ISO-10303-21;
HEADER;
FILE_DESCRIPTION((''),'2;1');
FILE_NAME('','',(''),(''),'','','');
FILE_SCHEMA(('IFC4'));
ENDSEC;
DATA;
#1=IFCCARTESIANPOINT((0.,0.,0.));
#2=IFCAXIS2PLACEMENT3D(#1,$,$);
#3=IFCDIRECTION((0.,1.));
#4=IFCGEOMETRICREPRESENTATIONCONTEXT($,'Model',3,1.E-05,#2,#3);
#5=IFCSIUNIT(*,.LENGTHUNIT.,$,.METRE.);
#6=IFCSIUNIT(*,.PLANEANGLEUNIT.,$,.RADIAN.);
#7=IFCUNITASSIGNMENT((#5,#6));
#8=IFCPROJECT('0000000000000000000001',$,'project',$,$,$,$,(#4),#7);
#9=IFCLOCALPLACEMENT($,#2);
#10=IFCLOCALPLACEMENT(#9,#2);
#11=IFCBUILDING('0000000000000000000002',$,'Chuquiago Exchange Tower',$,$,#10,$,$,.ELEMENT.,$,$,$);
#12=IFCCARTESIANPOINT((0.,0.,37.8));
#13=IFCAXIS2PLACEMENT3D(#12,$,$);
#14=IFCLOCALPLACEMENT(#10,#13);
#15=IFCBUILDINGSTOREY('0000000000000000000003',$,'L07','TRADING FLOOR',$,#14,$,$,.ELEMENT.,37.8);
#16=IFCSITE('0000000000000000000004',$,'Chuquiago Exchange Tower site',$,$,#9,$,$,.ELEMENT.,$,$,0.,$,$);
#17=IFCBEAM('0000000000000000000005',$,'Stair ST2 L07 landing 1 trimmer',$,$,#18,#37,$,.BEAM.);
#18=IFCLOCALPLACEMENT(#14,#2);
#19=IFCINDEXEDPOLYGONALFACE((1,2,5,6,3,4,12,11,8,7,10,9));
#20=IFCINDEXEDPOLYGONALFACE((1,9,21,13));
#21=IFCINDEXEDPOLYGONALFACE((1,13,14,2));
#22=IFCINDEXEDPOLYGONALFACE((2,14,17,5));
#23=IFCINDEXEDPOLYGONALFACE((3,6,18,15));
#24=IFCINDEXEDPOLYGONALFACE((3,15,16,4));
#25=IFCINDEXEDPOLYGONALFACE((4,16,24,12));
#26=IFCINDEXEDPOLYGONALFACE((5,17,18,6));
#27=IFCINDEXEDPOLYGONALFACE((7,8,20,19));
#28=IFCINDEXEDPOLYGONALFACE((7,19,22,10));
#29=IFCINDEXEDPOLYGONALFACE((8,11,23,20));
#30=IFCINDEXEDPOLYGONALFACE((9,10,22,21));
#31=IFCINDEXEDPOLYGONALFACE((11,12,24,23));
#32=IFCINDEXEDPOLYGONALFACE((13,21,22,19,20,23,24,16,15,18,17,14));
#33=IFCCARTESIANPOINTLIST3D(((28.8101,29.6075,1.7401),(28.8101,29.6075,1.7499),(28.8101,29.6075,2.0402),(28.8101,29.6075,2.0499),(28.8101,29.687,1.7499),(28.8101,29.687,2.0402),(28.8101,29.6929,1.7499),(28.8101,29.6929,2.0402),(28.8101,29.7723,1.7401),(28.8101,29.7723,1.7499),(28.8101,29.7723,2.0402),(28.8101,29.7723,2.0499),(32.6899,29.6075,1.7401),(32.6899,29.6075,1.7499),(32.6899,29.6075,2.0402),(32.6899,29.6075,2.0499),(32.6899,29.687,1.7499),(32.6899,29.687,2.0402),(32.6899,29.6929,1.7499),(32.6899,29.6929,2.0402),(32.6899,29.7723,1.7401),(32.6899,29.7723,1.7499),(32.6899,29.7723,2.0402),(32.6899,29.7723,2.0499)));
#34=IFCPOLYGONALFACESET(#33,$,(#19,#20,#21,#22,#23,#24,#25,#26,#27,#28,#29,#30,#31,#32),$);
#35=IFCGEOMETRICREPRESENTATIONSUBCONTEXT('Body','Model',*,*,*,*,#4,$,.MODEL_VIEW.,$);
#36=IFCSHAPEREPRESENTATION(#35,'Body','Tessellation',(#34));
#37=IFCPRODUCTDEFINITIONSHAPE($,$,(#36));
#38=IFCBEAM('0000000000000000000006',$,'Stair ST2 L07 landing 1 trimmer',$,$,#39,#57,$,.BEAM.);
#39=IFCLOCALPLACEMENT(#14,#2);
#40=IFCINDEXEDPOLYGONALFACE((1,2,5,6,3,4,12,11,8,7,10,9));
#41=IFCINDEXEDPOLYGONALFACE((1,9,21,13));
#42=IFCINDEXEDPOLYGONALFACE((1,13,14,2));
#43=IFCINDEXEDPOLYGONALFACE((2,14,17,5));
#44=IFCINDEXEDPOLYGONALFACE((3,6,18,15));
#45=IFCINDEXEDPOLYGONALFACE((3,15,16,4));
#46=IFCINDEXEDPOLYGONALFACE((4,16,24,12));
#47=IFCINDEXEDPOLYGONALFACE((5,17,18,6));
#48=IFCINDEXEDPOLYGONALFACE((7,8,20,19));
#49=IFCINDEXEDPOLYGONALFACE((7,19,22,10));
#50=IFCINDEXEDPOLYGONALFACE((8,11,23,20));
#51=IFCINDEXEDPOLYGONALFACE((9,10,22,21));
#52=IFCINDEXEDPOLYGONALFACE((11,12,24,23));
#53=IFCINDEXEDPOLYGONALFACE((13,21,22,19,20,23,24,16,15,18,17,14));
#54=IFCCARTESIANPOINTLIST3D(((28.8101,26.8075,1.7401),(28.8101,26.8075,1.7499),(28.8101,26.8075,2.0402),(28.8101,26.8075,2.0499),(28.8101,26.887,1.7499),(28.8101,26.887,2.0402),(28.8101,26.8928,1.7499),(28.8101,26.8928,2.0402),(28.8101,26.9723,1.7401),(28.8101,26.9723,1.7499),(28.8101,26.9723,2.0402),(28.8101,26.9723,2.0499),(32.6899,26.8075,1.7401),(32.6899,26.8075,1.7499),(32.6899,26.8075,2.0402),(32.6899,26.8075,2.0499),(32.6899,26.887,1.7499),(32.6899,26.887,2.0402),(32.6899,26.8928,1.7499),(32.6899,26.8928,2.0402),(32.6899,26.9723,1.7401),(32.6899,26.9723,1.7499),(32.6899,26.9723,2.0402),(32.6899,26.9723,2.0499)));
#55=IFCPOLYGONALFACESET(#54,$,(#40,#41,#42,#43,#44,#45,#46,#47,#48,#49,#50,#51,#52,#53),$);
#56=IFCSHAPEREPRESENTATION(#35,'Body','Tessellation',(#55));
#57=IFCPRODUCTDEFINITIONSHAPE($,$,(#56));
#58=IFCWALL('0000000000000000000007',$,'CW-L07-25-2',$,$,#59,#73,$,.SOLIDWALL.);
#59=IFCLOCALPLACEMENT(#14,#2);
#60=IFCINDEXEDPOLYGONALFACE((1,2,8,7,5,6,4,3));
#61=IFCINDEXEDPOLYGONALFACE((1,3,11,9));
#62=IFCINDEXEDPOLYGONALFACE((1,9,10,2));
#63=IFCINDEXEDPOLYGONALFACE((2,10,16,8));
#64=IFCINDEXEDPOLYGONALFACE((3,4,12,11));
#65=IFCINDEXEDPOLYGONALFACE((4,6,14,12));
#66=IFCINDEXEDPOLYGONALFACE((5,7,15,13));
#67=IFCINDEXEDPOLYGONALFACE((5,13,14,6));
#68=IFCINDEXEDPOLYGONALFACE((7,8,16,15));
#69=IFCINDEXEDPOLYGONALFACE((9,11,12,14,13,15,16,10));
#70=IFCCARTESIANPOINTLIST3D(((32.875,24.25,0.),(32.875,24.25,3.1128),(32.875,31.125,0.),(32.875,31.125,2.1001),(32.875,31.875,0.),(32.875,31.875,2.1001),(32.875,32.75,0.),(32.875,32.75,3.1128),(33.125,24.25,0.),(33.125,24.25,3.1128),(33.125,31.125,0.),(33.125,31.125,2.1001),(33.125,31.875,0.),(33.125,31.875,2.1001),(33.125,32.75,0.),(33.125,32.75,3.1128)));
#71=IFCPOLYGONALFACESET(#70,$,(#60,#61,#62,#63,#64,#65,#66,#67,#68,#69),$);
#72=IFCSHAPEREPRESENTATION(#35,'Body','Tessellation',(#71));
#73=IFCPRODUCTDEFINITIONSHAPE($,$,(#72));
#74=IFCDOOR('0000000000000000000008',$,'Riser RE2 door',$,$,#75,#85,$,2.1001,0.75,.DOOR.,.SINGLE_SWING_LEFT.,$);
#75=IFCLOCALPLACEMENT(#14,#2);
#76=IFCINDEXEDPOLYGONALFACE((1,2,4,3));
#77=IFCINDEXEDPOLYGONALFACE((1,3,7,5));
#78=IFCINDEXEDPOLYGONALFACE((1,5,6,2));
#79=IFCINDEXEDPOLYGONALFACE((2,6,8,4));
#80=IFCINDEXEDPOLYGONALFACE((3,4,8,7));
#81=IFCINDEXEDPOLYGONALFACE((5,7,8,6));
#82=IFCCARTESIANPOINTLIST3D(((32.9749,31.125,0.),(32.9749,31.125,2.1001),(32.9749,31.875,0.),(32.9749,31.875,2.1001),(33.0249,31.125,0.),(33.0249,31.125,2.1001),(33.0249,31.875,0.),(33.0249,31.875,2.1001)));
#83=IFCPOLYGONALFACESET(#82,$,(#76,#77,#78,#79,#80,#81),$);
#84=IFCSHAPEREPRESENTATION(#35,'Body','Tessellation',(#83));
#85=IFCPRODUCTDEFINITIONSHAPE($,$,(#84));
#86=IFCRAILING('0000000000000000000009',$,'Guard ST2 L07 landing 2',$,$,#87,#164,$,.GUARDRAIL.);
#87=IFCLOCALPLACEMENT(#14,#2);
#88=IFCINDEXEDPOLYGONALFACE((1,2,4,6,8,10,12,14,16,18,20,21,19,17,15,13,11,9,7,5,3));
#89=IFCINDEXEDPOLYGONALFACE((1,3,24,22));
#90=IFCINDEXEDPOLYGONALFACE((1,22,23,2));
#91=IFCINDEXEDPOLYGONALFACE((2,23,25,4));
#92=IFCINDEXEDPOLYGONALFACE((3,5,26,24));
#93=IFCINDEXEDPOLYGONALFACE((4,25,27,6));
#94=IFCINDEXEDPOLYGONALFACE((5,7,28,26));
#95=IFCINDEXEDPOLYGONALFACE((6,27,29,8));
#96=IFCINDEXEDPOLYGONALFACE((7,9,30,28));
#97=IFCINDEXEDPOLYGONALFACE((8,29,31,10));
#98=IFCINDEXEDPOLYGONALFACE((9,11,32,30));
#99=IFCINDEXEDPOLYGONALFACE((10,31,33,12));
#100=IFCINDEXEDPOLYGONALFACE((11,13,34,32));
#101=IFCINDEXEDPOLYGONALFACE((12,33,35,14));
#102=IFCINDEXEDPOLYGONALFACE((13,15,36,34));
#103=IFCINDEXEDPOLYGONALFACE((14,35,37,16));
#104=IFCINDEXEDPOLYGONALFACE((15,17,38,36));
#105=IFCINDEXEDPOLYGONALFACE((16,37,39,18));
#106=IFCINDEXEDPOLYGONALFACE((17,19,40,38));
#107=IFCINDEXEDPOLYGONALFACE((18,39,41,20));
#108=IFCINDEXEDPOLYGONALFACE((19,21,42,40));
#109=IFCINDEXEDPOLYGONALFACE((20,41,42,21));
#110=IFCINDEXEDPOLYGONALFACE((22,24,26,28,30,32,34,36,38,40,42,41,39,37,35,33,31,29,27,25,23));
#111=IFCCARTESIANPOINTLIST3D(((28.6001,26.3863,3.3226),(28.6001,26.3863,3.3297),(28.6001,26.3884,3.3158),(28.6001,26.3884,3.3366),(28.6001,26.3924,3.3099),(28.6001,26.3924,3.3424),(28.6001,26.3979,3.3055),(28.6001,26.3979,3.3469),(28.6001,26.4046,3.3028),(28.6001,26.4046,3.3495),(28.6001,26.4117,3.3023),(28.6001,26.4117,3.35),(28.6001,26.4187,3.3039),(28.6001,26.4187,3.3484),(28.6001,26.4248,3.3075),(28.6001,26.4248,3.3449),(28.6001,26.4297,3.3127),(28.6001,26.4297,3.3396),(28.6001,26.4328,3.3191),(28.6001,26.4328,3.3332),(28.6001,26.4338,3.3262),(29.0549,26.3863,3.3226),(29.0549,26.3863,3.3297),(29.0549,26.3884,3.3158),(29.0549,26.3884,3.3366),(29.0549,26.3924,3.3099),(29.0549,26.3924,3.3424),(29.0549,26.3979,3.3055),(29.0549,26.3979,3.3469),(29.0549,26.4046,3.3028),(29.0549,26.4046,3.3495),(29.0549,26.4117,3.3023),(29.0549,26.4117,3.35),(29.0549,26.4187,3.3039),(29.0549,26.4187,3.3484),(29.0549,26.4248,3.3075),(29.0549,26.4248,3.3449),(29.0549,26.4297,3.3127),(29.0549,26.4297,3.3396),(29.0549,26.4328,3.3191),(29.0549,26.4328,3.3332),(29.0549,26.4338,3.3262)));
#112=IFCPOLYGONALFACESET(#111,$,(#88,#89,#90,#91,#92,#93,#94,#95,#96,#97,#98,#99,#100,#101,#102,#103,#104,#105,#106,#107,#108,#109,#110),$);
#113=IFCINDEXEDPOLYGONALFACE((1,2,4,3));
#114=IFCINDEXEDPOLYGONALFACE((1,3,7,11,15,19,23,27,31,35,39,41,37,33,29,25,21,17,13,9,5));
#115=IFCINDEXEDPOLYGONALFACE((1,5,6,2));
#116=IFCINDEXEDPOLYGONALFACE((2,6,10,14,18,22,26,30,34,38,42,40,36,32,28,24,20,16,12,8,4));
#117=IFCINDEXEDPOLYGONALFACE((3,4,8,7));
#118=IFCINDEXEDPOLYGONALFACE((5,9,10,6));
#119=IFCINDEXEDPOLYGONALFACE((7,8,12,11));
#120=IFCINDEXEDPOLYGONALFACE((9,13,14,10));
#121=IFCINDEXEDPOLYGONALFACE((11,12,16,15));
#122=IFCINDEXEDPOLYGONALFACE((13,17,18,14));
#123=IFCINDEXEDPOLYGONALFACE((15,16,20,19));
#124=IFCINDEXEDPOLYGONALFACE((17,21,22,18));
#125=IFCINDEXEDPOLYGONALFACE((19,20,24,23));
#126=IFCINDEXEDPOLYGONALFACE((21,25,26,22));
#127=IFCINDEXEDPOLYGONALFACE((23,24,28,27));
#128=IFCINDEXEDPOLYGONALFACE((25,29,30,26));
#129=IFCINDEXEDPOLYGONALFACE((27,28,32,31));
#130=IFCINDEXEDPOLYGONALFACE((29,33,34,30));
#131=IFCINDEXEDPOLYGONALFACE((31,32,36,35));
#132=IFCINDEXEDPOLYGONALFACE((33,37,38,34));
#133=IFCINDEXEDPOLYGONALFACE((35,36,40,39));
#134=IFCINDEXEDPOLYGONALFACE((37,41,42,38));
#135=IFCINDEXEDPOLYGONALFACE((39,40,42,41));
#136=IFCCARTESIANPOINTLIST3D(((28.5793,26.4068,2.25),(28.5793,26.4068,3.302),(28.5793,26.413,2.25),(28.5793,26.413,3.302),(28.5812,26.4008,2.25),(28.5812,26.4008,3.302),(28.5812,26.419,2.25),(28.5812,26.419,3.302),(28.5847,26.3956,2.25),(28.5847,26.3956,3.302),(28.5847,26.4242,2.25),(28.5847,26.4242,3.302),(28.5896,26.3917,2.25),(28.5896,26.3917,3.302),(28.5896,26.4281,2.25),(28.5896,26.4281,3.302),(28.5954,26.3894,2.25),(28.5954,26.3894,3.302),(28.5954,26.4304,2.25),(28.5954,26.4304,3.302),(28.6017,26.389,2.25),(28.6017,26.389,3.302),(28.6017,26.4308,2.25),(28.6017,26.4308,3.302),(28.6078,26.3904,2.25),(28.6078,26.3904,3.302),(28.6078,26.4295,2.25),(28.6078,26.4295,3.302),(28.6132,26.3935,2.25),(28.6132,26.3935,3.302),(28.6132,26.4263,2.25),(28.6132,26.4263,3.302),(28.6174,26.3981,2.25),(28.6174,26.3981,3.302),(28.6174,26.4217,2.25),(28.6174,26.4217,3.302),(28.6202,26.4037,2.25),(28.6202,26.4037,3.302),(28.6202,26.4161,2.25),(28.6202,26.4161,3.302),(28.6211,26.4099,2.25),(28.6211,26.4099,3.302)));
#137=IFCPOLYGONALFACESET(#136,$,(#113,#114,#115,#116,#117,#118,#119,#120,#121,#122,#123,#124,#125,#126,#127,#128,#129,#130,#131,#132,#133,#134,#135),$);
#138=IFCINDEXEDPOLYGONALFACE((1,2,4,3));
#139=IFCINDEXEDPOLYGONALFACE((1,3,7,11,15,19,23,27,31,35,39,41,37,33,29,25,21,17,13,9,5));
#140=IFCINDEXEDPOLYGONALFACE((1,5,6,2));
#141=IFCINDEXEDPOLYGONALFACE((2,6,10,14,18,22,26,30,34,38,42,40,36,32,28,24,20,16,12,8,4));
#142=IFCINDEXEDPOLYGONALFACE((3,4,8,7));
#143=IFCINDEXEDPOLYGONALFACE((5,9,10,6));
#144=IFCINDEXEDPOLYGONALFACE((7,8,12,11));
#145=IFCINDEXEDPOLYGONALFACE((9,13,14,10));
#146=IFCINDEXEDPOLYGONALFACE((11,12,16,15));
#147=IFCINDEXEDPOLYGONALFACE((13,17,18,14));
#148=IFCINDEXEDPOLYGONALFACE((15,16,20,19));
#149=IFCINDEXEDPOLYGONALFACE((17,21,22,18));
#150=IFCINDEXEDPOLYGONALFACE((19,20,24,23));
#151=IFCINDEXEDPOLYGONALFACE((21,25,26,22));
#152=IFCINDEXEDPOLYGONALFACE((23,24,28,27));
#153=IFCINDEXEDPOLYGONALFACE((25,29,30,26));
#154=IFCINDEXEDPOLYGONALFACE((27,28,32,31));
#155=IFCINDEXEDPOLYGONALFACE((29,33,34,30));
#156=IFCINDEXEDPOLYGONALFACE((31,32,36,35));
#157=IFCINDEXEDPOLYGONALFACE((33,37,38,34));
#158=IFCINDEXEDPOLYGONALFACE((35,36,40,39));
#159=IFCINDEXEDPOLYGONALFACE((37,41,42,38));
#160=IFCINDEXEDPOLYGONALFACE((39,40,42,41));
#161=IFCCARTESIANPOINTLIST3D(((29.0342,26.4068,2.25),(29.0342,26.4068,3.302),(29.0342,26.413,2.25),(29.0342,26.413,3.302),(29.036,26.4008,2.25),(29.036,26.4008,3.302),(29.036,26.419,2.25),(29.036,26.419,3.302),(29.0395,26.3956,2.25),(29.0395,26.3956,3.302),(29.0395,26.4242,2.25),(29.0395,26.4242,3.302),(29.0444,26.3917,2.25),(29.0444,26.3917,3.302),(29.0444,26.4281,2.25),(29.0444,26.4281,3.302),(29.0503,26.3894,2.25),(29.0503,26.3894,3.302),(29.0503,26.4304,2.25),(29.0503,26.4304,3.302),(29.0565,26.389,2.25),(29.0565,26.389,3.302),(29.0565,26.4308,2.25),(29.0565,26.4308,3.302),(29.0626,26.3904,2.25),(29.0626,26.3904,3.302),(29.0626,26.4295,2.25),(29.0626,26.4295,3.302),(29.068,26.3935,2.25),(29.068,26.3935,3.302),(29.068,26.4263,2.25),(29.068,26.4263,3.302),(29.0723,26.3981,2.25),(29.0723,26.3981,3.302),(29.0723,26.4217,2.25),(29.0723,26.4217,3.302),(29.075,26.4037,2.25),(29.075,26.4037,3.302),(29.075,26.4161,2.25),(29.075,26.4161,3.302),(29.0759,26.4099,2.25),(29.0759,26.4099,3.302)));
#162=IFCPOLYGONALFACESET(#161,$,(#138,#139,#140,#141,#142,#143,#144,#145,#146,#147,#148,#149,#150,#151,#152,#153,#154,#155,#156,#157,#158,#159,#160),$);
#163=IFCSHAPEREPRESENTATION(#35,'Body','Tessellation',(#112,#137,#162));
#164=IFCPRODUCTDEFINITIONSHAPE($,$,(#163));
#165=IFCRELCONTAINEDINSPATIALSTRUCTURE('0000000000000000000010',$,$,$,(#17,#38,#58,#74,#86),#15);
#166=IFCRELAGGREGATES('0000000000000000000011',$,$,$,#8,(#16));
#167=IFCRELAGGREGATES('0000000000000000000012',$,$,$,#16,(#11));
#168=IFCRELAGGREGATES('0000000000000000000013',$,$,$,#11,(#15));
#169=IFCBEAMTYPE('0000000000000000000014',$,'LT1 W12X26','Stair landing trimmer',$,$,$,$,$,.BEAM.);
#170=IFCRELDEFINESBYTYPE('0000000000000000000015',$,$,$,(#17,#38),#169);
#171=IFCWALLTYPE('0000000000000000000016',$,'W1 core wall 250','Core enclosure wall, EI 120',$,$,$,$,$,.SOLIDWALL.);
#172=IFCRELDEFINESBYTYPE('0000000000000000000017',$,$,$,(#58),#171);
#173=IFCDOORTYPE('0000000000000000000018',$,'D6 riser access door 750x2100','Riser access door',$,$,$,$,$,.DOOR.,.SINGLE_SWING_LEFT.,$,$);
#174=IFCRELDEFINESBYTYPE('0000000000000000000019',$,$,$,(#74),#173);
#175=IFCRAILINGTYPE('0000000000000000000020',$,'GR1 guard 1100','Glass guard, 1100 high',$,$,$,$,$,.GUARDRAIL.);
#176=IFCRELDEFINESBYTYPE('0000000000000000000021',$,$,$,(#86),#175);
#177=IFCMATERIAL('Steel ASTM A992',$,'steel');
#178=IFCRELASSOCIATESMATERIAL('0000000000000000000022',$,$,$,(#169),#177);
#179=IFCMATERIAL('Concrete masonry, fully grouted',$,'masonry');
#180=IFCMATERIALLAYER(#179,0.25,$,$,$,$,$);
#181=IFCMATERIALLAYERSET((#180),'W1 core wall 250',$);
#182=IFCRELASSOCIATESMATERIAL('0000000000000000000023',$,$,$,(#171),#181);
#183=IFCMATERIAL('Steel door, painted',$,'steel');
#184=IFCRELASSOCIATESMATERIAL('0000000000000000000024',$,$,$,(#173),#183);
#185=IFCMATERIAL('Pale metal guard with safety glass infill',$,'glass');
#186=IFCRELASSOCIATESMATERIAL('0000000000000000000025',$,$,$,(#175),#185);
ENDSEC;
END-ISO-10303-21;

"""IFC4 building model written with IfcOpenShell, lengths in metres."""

from ifc_helpers import new_model, si_unit, direction, frame, frame_2d, origin, origin_2d, place, context, subcontext, project, spatial, rectangle, circle, i_section, extrude, material, layer, layer_set, material_profile, profile_set, type_object, element, fill, save


model = new_model("IFC4")

# Units and contexts
model_context = context("Model", 3, precision=1e-05, world=origin(), true_north=direction((0.0, 1.0)))
body_context = subcontext(model_context, "Body", "Model", "MODEL_VIEW")
ifc_project = project(units=[si_unit("LENGTHUNIT", "METRE"), si_unit("PLANEANGLEUNIT", "RADIAN")], contexts=[model_context])

# Site, building, storey
site_placement = place(None, origin())
site = spatial("IfcSite", under=ifc_project, at=site_placement, Name="Chuquiago Exchange Tower site", CompositionType="ELEMENT", RefElevation=0.0)
building_placement = place(site_placement, origin())
building = spatial("IfcBuilding", under=site, at=building_placement, Name="Chuquiago Exchange Tower", CompositionType="ELEMENT")
storey_placement = place(building_placement, frame((0.0, 0.0, 37.8)))
storey = spatial("IfcBuildingStorey", under=building, at=storey_placement, Name="L07", Description="TRADING FLOOR", CompositionType="ELEMENT", Elevation=37.8)

# Beams
ifc_material_1 = material(Name="Steel ASTM A992", Category="steel")
ifc_material_profile_1 = material_profile(ifc_material_1, i_section(OverallWidth=0.1648, OverallDepth=0.3098, WebThickness=0.0059, FlangeThickness=0.0098, at=origin_2d()), Name="W12X26")
ifc_profile_set_1 = profile_set([ifc_material_profile_1], Name="Steel ASTM A992")
beam_type_1 = type_object("IfcBeamType", Name="LT1 W12X26", Description="Stair landing trimmer", PredefinedType="BEAM", material=ifc_profile_set_1)
for number, where, z_axis, x_axis, name in (
    (1, (28.8101, 29.6899, 1.895), (1.0, 0.0, 0.0), (0.0, 1.0, 0.0), "Stair ST2 L07 landing 1 trimmer"),
    (2, (28.8101, 26.8899, 1.895), (1.0, 0.0, 0.0), (0.0, 1.0, 0.0), "Stair ST2 L07 landing 1 trimmer"),
):
    element("IfcBeam", number, at=place(storey_placement, frame(where, z_axis=z_axis, x_axis=x_axis)), inside=storey, type_object=beam_type_1, Name=name, PredefinedType="BEAM", context=body_context, shape_type="SweptSolid", body=[
        extrude(i_section(OverallWidth=0.1648, OverallDepth=0.3098, WebThickness=0.0059, FlangeThickness=0.0098, at=origin_2d()), origin(), (0.0, 0.0, 1.0), 3.8799),
    ])

# Wall, opening, door
ifc_material_2 = material(Name="Concrete masonry, fully grouted", Category="masonry")
ifc_layer = layer(ifc_material_2, 0.25)
ifc_layer_set = layer_set([ifc_layer], Name="W1 core wall 250")
wall_type = type_object("IfcWallType", Name="W1 core wall 250", Description="Core enclosure wall, EI 120", PredefinedType="SOLIDWALL", material=ifc_layer_set)
wall_placement = place(storey_placement, frame((33.0, 24.25, 0.0), z_axis=(0.0, 0.0, 1.0), x_axis=(0.0, 1.0, 0.0)))
wall = element("IfcWall", 3, at=wall_placement, inside=storey, type_object=wall_type, Name="CW-L07-25-2", PredefinedType="SOLIDWALL", context=body_context, shape_type="SweptSolid", body=[
    extrude(rectangle(XDim=8.5, YDim=0.25, at=frame_2d((4.25, 0.0))), origin(), (0.0, 0.0, 1.0), 3.1128),
])
opening_placement = place(wall_placement, frame((6.875, 0.0, 0.0)))
opening = element("IfcOpeningElement", 4, at=opening_placement, cuts=wall, PredefinedType="OPENING", context=body_context, shape_type="SweptSolid", body=[
    extrude(rectangle(XDim=0.75, YDim=2.1001, at=frame_2d((0.375, 1.05))), frame((0.0, 0.135, 0.0), z_axis=(0.0, -1.0, 0.0), x_axis=(1.0, 0.0, 0.0)), (0.0, 0.0, 1.0), 0.27),
])
ifc_material_3 = material(Name="Steel door, painted", Category="steel")
door_type = type_object("IfcDoorType", Name="D6 riser access door 750x2100", Description="Riser access door", OperationType="SINGLE_SWING_LEFT", PredefinedType="DOOR", material=ifc_material_3)
door_placement = place(opening_placement, frame((0.75, 0.0, 0.0), z_axis=(0.0, 0.0, 1.0), x_axis=(-1.0, 0.0, 0.0)))
door = element("IfcDoor", 5, at=door_placement, inside=storey, type_object=door_type, Name="Riser RE2 door", OperationType="SINGLE_SWING_LEFT", OverallHeight=2.1001, OverallWidth=0.75, PredefinedType="DOOR", context=body_context, shape_type="SweptSolid", body=[
    extrude(rectangle(XDim=0.75, YDim=2.1001, at=frame_2d((0.375, 1.05))), frame((0.0, 0.0249, 0.0), z_axis=(0.0, -1.0, 0.0), x_axis=(1.0, 0.0, 0.0)), (0.0, 0.0, 1.0), 0.05),
])
fill(opening, door)

# Railing
ifc_material_4 = material(Name="Pale metal guard with safety glass infill", Category="glass")
railing_type_1 = type_object("IfcRailingType", Name="GR1 guard 1100", Description="Glass guard, 1100 high", PredefinedType="GUARDRAIL", material=ifc_material_4)
for number, where, name in (
    (6, (28.6001, 26.4099, 2.25), "Guard ST2 L07 landing 2"),
):
    element("IfcRailing", number, at=place(storey_placement, frame(where)), inside=storey, type_object=railing_type_1, Name=name, PredefinedType="GUARDRAIL", context=body_context, shape_type="SweptSolid", body=[
        extrude(circle(Radius=0.0239, at=origin_2d()), frame((0.0, 0.0, 1.0762), z_axis=(1.0, 0.0, 0.0), x_axis=(0.0, 1.0, 0.0)), (0.0, 0.0, 1.0), 0.4548),
        extrude(circle(Radius=0.021, at=origin_2d()), origin(), (0.0, 0.0, 1.0), 1.052),
        extrude(circle(Radius=0.021, at=origin_2d()), frame((0.4548, 0.0, 0.0)), (0.0, 0.0, 1.0), 1.052),
    ])

save(model, "model.ifc")
